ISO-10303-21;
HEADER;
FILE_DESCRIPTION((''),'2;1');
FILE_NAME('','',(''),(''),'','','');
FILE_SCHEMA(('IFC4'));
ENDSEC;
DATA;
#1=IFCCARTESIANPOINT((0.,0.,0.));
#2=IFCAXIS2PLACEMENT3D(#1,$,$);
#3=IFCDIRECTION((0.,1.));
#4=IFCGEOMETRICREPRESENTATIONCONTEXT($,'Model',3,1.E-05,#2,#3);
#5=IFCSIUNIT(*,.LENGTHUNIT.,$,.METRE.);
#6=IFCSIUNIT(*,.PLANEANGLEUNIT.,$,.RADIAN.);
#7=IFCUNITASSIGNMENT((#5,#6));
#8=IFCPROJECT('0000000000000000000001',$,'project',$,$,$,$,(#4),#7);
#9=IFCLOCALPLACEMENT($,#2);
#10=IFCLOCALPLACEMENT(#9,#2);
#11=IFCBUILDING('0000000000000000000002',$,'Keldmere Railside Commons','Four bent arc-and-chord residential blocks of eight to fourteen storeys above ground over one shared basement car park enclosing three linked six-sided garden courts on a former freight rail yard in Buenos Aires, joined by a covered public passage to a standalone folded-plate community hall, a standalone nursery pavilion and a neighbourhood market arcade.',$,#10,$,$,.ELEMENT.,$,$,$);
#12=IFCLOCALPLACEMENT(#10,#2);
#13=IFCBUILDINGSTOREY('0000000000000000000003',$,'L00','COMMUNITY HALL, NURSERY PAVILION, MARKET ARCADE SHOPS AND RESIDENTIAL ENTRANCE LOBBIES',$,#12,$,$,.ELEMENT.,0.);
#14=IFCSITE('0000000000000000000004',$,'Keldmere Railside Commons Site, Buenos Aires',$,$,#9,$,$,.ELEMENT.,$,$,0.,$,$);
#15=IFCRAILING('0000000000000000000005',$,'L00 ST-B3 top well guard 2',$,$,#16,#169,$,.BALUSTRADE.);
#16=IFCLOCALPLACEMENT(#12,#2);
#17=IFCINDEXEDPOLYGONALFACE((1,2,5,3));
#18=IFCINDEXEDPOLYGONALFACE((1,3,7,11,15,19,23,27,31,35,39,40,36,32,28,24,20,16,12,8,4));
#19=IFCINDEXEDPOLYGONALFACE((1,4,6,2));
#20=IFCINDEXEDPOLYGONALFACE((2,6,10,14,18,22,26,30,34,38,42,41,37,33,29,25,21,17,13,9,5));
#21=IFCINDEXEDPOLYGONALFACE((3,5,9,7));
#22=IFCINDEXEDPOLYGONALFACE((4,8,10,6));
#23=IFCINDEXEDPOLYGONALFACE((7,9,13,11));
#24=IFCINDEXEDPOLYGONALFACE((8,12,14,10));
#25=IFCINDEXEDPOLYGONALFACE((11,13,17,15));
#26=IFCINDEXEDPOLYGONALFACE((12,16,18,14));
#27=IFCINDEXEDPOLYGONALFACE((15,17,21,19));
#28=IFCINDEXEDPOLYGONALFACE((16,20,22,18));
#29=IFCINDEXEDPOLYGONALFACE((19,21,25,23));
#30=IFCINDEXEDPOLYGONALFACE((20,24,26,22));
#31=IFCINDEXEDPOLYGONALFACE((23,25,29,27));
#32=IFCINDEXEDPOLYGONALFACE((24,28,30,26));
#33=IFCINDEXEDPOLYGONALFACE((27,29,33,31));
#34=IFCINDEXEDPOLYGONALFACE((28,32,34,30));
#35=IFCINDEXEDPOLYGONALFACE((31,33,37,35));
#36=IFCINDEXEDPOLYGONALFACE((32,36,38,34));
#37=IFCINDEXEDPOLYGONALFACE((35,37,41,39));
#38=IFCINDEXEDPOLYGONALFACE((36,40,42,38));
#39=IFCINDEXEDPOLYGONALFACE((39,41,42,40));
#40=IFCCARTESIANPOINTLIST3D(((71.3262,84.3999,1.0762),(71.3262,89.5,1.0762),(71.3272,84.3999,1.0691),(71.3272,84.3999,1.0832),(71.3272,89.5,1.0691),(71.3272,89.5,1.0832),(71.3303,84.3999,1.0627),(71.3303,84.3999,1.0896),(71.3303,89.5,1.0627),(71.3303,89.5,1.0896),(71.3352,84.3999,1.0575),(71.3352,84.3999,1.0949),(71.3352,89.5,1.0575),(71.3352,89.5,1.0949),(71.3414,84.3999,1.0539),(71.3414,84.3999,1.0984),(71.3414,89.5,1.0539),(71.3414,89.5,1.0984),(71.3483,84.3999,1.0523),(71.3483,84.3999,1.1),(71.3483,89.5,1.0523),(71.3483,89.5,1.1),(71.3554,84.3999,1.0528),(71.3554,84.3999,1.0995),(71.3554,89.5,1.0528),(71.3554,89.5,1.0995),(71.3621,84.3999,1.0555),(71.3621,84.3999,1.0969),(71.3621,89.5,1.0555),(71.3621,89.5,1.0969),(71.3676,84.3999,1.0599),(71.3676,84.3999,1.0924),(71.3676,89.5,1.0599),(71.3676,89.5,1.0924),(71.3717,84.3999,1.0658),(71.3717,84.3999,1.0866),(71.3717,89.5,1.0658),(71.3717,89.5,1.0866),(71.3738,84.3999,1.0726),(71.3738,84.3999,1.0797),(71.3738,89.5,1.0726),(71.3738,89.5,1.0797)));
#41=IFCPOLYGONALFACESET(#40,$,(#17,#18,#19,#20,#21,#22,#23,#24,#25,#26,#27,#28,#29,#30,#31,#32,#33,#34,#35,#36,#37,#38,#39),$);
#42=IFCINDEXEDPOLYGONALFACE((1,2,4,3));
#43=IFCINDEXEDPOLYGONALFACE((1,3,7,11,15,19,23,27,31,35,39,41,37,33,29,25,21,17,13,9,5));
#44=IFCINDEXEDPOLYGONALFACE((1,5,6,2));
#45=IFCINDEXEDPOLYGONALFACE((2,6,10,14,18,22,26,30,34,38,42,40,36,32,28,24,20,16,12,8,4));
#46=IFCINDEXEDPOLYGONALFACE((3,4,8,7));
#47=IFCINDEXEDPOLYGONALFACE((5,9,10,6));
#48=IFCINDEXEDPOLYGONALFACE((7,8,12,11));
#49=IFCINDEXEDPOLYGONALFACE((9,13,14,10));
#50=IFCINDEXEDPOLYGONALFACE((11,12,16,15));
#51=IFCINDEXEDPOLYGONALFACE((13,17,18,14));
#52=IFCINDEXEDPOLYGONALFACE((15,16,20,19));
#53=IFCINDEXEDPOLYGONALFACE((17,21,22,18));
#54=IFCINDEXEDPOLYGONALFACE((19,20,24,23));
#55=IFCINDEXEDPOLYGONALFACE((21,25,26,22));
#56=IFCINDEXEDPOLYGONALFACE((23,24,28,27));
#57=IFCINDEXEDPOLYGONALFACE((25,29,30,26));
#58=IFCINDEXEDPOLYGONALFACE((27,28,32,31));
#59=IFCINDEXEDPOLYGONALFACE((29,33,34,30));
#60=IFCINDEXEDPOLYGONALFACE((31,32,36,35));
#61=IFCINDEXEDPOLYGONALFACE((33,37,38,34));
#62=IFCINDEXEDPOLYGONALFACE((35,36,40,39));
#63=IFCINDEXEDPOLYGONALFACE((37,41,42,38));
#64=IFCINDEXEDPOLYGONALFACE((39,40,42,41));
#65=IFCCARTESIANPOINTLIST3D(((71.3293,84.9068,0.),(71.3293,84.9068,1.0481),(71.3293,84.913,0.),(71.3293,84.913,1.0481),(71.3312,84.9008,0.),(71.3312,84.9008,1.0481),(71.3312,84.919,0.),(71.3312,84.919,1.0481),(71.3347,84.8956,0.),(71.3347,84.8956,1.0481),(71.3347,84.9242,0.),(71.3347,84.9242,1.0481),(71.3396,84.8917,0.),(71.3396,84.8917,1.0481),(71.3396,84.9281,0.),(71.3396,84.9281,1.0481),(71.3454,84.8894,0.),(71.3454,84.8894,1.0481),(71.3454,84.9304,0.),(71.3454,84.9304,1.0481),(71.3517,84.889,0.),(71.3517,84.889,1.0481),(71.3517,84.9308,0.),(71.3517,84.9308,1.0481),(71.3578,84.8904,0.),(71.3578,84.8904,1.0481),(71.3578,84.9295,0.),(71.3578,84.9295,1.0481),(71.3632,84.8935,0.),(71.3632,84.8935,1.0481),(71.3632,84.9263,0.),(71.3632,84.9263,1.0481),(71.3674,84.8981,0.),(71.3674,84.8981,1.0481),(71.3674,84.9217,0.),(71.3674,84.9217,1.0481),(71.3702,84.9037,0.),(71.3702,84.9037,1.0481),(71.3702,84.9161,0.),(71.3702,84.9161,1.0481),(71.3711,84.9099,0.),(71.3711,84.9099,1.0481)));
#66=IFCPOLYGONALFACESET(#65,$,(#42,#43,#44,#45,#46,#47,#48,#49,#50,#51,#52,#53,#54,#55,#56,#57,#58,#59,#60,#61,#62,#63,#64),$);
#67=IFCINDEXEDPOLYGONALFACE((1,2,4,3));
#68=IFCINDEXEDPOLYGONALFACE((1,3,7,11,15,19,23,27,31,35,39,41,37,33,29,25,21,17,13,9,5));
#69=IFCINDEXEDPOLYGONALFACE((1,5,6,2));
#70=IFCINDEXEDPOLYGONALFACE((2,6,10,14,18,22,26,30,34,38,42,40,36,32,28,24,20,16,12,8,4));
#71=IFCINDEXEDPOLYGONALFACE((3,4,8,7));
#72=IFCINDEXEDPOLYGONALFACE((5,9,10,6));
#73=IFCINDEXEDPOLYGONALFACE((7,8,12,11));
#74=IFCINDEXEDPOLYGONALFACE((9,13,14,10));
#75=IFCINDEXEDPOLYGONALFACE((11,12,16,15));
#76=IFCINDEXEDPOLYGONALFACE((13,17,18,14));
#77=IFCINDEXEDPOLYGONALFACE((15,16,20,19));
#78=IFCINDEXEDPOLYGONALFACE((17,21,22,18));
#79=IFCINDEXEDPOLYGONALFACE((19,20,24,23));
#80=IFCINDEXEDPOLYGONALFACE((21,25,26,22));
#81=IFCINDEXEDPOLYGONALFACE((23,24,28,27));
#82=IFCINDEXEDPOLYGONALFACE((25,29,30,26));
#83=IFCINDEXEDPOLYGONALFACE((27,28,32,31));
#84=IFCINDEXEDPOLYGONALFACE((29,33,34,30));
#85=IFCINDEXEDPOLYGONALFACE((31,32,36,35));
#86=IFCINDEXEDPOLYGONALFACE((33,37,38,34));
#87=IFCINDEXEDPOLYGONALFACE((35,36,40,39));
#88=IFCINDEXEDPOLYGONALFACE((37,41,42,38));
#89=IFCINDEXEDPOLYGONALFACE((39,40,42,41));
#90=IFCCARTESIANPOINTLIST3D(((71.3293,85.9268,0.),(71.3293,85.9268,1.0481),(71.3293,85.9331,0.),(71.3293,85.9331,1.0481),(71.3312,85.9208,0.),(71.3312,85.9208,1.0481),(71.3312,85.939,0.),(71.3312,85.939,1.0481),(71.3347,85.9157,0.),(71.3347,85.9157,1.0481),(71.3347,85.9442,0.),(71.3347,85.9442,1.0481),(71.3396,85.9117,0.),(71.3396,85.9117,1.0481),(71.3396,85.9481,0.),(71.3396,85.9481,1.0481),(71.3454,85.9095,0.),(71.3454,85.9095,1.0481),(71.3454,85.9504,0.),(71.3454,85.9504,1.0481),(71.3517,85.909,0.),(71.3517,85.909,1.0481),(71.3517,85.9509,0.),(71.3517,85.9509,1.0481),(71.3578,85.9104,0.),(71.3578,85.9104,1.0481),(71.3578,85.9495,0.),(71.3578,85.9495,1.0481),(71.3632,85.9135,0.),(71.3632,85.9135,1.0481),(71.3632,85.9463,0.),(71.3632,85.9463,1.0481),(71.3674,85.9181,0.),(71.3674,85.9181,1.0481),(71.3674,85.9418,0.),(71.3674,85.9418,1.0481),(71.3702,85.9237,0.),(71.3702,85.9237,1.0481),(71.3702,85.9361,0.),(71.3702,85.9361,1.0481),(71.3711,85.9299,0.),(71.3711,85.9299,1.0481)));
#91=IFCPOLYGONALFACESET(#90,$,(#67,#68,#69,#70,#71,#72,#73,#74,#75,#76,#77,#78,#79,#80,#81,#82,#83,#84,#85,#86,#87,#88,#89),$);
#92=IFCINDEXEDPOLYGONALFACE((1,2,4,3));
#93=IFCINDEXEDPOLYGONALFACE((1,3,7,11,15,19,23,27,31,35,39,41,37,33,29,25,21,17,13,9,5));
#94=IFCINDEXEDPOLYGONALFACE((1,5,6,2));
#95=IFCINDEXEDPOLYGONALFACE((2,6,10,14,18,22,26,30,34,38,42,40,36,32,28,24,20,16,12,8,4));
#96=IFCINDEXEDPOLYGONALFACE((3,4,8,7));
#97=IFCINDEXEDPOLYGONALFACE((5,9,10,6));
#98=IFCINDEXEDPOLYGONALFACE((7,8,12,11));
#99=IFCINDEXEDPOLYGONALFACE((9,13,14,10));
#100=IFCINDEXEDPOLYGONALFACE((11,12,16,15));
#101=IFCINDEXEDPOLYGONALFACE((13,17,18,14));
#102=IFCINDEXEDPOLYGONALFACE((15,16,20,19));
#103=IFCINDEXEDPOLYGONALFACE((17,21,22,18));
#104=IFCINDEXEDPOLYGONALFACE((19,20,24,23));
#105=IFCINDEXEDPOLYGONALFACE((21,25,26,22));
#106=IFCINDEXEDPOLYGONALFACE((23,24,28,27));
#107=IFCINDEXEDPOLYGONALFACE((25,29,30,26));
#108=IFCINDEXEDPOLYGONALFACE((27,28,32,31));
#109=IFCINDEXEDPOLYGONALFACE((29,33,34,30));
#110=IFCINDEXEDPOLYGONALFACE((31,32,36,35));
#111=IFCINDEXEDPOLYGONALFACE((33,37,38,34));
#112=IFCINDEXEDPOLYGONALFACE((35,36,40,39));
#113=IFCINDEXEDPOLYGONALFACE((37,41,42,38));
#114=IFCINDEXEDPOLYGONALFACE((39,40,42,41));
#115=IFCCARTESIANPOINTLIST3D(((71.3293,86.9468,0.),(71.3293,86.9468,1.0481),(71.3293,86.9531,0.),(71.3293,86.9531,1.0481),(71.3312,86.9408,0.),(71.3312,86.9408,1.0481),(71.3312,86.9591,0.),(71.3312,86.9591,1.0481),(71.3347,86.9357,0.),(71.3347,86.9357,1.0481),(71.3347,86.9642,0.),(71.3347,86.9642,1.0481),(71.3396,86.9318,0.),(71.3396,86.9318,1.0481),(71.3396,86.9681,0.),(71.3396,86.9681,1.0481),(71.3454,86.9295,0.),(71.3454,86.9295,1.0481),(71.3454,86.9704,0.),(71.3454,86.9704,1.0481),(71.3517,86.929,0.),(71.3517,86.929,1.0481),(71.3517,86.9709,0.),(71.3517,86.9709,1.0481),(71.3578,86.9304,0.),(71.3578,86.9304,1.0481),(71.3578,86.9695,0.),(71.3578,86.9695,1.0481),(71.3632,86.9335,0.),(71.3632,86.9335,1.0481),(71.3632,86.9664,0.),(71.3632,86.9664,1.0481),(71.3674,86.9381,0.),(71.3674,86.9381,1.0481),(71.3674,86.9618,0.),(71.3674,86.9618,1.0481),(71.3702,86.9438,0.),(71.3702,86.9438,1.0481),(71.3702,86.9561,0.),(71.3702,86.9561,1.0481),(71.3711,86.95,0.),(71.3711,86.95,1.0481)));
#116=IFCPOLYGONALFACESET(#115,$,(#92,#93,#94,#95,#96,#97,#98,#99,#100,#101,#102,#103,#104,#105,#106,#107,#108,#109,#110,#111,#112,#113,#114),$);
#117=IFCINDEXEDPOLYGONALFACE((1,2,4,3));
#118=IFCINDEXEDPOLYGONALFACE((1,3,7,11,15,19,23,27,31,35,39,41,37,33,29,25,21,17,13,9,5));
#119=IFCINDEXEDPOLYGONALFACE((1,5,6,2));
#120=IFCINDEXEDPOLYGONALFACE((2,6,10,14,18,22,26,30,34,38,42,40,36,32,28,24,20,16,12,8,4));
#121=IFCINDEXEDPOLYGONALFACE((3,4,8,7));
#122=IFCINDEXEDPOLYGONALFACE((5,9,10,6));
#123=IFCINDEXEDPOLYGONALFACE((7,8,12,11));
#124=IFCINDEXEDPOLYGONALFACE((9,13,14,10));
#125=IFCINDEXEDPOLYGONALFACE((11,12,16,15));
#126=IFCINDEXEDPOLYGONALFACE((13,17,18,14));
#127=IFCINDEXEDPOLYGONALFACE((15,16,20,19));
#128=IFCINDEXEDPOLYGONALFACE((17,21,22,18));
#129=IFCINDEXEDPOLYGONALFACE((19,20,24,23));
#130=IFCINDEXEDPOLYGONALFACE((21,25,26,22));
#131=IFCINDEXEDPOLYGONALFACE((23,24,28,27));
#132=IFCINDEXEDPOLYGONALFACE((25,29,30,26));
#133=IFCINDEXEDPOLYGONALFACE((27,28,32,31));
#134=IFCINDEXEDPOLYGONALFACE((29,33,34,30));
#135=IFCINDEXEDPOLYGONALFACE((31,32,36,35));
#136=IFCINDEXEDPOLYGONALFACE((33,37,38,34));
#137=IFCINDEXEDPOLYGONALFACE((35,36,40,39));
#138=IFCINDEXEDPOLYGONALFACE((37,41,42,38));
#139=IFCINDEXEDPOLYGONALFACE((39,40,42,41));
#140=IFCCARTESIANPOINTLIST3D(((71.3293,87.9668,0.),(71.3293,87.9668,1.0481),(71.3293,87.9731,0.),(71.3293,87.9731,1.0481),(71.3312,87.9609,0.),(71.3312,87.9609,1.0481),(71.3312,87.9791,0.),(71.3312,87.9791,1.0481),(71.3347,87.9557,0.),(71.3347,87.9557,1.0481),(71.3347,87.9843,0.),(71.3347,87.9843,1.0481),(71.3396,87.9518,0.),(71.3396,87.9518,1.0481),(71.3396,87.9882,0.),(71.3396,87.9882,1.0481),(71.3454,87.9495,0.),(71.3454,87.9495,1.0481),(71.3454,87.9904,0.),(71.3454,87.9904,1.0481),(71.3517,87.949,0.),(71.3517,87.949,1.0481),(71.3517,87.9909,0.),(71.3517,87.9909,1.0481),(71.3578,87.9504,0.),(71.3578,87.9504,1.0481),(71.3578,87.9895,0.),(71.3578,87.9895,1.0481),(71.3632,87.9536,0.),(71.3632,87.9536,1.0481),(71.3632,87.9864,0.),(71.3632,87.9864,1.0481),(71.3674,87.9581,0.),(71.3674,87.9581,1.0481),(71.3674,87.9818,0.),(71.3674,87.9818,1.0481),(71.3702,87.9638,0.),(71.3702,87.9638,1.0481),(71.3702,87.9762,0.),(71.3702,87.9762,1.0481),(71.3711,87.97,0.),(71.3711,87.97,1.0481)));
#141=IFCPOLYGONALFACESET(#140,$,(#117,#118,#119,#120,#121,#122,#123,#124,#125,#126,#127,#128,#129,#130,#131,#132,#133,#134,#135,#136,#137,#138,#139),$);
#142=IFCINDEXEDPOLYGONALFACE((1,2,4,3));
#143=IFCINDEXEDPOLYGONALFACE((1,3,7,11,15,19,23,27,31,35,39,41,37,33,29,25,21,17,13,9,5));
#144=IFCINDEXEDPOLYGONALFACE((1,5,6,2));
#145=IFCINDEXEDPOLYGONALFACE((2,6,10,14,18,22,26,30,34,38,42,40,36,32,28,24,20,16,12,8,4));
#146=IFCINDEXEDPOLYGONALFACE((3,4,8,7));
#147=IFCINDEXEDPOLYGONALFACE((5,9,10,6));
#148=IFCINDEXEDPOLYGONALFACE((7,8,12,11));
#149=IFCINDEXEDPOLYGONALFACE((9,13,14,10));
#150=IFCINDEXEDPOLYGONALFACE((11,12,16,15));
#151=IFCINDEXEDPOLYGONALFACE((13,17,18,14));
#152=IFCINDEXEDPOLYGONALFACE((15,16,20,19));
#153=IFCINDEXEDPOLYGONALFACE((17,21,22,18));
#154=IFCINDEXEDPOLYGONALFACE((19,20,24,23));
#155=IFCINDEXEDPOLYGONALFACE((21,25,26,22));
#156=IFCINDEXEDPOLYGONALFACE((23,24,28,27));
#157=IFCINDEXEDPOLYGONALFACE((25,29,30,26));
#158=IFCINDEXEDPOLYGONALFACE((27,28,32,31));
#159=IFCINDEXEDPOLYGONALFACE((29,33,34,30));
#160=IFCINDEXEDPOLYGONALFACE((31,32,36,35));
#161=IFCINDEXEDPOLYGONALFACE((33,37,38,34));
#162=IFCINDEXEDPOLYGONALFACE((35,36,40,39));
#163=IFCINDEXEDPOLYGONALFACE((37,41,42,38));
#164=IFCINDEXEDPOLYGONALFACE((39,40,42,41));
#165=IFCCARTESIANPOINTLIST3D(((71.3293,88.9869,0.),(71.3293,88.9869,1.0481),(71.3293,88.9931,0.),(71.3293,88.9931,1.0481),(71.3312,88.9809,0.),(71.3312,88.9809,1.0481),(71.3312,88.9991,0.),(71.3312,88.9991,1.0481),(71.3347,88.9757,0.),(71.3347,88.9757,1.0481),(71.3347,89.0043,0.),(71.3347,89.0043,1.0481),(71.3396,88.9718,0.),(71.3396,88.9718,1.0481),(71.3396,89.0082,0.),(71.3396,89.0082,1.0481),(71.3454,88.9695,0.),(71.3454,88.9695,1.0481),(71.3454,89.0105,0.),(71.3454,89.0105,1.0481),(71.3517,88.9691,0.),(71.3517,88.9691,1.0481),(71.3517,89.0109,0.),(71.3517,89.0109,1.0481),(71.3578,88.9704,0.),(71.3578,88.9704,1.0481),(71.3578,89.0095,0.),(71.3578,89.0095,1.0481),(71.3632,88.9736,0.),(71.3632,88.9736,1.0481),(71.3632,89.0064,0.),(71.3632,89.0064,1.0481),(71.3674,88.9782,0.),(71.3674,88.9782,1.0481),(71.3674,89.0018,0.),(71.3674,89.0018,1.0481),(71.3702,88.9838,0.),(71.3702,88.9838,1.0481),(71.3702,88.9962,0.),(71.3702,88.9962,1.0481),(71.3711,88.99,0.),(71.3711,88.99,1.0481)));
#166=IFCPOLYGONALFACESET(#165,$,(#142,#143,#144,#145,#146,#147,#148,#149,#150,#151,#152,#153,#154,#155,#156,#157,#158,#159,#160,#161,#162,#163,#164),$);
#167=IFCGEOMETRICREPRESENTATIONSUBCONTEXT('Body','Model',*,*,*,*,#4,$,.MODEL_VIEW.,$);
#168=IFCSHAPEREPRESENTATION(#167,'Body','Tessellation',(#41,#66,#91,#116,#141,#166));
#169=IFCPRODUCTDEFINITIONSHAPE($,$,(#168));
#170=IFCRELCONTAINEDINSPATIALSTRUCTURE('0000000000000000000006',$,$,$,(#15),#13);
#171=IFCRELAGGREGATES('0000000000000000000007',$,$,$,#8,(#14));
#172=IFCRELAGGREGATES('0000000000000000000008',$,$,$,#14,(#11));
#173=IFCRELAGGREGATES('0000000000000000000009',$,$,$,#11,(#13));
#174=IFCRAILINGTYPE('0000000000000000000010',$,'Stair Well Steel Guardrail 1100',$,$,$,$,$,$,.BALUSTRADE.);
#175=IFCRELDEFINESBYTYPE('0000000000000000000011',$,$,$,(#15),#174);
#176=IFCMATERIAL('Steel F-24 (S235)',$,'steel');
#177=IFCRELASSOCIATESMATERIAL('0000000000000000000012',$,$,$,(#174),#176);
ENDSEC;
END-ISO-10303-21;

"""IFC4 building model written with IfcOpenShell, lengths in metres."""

from ifc_helpers import new_model, si_unit, direction, frame, origin, origin_2d, place, context, subcontext, project, spatial, circle, extrude, material, type_object, element, save


model = new_model("IFC4")

# Units and contexts
model_context = context("Model", 3, precision=1e-05, world=origin(), true_north=direction((0.0, 1.0)))
body_context = subcontext(model_context, "Body", "Model", "MODEL_VIEW")
ifc_project = project(units=[si_unit("LENGTHUNIT", "METRE"), si_unit("PLANEANGLEUNIT", "RADIAN")], contexts=[model_context])

# Site, building, storey
site_placement = place(None, origin())
site = spatial("IfcSite", under=ifc_project, at=site_placement, Name="Keldmere Railside Commons Site, Buenos Aires", CompositionType="ELEMENT", RefElevation=0.0)
building_placement = place(site_placement, origin())
building = spatial("IfcBuilding", under=site, at=building_placement, Name="Keldmere Railside Commons", Description="Four bent arc-and-chord residential blocks of eight to fourteen storeys above ground over one shared basement car park enclosing three linked six-sided garden courts on a former freight rail yard in Buenos Aires, joined by a covered public passage to a standalone folded-plate community hall, a standalone nursery pavilion and a neighbourhood market arcade.", CompositionType="ELEMENT")
storey_placement = place(building_placement, origin())
storey = spatial("IfcBuildingStorey", under=building, at=storey_placement, Name="L00", Description="COMMUNITY HALL, NURSERY PAVILION, MARKET ARCADE SHOPS AND RESIDENTIAL ENTRANCE LOBBIES", CompositionType="ELEMENT", Elevation=0.0)

# Shared definitions
ifc_material_1 = material(Name="Steel F-24 (S235)", Category="steel")

# Railing
railing_type = type_object("IfcRailingType", Name="Stair Well Steel Guardrail 1100", PredefinedType="BALUSTRADE", material=ifc_material_1)
for number, where, name in (
    (1, (71.3501, 84.3999, 0.0), "L00 ST-B3 top well guard 2"),
):
    element("IfcRailing", number, at=place(storey_placement, frame(where)), inside=storey, type_object=railing_type, Name=name, PredefinedType="BALUSTRADE", context=body_context, shape_type="SweptSolid", body=[
        extrude(circle(Radius=0.0239, at=origin_2d()), frame((0.0, 0.0, 1.0762), z_axis=(0.0, 1.0, 0.0), x_axis=(-1.0, 0.0, 0.0)), (0.0, 0.0, 1.0), 5.1001),
        extrude(circle(Radius=0.021, at=origin_2d()), frame((0.0, 0.51, 0.0)), (0.0, 0.0, 1.0), 1.0481),
        extrude(circle(Radius=0.021, at=origin_2d()), frame((0.0, 1.53, 0.0)), (0.0, 0.0, 1.0), 1.0481),
        extrude(circle(Radius=0.021, at=origin_2d()), frame((0.0, 2.55, 0.0)), (0.0, 0.0, 1.0), 1.0481),
        extrude(circle(Radius=0.021, at=origin_2d()), frame((0.0, 3.5701, 0.0)), (0.0, 0.0, 1.0), 1.0481),
        extrude(circle(Radius=0.021, at=origin_2d()), frame((0.0, 4.5901, 0.0)), (0.0, 0.0, 1.0), 1.0481),
    ])

save(model, "model.ifc")
